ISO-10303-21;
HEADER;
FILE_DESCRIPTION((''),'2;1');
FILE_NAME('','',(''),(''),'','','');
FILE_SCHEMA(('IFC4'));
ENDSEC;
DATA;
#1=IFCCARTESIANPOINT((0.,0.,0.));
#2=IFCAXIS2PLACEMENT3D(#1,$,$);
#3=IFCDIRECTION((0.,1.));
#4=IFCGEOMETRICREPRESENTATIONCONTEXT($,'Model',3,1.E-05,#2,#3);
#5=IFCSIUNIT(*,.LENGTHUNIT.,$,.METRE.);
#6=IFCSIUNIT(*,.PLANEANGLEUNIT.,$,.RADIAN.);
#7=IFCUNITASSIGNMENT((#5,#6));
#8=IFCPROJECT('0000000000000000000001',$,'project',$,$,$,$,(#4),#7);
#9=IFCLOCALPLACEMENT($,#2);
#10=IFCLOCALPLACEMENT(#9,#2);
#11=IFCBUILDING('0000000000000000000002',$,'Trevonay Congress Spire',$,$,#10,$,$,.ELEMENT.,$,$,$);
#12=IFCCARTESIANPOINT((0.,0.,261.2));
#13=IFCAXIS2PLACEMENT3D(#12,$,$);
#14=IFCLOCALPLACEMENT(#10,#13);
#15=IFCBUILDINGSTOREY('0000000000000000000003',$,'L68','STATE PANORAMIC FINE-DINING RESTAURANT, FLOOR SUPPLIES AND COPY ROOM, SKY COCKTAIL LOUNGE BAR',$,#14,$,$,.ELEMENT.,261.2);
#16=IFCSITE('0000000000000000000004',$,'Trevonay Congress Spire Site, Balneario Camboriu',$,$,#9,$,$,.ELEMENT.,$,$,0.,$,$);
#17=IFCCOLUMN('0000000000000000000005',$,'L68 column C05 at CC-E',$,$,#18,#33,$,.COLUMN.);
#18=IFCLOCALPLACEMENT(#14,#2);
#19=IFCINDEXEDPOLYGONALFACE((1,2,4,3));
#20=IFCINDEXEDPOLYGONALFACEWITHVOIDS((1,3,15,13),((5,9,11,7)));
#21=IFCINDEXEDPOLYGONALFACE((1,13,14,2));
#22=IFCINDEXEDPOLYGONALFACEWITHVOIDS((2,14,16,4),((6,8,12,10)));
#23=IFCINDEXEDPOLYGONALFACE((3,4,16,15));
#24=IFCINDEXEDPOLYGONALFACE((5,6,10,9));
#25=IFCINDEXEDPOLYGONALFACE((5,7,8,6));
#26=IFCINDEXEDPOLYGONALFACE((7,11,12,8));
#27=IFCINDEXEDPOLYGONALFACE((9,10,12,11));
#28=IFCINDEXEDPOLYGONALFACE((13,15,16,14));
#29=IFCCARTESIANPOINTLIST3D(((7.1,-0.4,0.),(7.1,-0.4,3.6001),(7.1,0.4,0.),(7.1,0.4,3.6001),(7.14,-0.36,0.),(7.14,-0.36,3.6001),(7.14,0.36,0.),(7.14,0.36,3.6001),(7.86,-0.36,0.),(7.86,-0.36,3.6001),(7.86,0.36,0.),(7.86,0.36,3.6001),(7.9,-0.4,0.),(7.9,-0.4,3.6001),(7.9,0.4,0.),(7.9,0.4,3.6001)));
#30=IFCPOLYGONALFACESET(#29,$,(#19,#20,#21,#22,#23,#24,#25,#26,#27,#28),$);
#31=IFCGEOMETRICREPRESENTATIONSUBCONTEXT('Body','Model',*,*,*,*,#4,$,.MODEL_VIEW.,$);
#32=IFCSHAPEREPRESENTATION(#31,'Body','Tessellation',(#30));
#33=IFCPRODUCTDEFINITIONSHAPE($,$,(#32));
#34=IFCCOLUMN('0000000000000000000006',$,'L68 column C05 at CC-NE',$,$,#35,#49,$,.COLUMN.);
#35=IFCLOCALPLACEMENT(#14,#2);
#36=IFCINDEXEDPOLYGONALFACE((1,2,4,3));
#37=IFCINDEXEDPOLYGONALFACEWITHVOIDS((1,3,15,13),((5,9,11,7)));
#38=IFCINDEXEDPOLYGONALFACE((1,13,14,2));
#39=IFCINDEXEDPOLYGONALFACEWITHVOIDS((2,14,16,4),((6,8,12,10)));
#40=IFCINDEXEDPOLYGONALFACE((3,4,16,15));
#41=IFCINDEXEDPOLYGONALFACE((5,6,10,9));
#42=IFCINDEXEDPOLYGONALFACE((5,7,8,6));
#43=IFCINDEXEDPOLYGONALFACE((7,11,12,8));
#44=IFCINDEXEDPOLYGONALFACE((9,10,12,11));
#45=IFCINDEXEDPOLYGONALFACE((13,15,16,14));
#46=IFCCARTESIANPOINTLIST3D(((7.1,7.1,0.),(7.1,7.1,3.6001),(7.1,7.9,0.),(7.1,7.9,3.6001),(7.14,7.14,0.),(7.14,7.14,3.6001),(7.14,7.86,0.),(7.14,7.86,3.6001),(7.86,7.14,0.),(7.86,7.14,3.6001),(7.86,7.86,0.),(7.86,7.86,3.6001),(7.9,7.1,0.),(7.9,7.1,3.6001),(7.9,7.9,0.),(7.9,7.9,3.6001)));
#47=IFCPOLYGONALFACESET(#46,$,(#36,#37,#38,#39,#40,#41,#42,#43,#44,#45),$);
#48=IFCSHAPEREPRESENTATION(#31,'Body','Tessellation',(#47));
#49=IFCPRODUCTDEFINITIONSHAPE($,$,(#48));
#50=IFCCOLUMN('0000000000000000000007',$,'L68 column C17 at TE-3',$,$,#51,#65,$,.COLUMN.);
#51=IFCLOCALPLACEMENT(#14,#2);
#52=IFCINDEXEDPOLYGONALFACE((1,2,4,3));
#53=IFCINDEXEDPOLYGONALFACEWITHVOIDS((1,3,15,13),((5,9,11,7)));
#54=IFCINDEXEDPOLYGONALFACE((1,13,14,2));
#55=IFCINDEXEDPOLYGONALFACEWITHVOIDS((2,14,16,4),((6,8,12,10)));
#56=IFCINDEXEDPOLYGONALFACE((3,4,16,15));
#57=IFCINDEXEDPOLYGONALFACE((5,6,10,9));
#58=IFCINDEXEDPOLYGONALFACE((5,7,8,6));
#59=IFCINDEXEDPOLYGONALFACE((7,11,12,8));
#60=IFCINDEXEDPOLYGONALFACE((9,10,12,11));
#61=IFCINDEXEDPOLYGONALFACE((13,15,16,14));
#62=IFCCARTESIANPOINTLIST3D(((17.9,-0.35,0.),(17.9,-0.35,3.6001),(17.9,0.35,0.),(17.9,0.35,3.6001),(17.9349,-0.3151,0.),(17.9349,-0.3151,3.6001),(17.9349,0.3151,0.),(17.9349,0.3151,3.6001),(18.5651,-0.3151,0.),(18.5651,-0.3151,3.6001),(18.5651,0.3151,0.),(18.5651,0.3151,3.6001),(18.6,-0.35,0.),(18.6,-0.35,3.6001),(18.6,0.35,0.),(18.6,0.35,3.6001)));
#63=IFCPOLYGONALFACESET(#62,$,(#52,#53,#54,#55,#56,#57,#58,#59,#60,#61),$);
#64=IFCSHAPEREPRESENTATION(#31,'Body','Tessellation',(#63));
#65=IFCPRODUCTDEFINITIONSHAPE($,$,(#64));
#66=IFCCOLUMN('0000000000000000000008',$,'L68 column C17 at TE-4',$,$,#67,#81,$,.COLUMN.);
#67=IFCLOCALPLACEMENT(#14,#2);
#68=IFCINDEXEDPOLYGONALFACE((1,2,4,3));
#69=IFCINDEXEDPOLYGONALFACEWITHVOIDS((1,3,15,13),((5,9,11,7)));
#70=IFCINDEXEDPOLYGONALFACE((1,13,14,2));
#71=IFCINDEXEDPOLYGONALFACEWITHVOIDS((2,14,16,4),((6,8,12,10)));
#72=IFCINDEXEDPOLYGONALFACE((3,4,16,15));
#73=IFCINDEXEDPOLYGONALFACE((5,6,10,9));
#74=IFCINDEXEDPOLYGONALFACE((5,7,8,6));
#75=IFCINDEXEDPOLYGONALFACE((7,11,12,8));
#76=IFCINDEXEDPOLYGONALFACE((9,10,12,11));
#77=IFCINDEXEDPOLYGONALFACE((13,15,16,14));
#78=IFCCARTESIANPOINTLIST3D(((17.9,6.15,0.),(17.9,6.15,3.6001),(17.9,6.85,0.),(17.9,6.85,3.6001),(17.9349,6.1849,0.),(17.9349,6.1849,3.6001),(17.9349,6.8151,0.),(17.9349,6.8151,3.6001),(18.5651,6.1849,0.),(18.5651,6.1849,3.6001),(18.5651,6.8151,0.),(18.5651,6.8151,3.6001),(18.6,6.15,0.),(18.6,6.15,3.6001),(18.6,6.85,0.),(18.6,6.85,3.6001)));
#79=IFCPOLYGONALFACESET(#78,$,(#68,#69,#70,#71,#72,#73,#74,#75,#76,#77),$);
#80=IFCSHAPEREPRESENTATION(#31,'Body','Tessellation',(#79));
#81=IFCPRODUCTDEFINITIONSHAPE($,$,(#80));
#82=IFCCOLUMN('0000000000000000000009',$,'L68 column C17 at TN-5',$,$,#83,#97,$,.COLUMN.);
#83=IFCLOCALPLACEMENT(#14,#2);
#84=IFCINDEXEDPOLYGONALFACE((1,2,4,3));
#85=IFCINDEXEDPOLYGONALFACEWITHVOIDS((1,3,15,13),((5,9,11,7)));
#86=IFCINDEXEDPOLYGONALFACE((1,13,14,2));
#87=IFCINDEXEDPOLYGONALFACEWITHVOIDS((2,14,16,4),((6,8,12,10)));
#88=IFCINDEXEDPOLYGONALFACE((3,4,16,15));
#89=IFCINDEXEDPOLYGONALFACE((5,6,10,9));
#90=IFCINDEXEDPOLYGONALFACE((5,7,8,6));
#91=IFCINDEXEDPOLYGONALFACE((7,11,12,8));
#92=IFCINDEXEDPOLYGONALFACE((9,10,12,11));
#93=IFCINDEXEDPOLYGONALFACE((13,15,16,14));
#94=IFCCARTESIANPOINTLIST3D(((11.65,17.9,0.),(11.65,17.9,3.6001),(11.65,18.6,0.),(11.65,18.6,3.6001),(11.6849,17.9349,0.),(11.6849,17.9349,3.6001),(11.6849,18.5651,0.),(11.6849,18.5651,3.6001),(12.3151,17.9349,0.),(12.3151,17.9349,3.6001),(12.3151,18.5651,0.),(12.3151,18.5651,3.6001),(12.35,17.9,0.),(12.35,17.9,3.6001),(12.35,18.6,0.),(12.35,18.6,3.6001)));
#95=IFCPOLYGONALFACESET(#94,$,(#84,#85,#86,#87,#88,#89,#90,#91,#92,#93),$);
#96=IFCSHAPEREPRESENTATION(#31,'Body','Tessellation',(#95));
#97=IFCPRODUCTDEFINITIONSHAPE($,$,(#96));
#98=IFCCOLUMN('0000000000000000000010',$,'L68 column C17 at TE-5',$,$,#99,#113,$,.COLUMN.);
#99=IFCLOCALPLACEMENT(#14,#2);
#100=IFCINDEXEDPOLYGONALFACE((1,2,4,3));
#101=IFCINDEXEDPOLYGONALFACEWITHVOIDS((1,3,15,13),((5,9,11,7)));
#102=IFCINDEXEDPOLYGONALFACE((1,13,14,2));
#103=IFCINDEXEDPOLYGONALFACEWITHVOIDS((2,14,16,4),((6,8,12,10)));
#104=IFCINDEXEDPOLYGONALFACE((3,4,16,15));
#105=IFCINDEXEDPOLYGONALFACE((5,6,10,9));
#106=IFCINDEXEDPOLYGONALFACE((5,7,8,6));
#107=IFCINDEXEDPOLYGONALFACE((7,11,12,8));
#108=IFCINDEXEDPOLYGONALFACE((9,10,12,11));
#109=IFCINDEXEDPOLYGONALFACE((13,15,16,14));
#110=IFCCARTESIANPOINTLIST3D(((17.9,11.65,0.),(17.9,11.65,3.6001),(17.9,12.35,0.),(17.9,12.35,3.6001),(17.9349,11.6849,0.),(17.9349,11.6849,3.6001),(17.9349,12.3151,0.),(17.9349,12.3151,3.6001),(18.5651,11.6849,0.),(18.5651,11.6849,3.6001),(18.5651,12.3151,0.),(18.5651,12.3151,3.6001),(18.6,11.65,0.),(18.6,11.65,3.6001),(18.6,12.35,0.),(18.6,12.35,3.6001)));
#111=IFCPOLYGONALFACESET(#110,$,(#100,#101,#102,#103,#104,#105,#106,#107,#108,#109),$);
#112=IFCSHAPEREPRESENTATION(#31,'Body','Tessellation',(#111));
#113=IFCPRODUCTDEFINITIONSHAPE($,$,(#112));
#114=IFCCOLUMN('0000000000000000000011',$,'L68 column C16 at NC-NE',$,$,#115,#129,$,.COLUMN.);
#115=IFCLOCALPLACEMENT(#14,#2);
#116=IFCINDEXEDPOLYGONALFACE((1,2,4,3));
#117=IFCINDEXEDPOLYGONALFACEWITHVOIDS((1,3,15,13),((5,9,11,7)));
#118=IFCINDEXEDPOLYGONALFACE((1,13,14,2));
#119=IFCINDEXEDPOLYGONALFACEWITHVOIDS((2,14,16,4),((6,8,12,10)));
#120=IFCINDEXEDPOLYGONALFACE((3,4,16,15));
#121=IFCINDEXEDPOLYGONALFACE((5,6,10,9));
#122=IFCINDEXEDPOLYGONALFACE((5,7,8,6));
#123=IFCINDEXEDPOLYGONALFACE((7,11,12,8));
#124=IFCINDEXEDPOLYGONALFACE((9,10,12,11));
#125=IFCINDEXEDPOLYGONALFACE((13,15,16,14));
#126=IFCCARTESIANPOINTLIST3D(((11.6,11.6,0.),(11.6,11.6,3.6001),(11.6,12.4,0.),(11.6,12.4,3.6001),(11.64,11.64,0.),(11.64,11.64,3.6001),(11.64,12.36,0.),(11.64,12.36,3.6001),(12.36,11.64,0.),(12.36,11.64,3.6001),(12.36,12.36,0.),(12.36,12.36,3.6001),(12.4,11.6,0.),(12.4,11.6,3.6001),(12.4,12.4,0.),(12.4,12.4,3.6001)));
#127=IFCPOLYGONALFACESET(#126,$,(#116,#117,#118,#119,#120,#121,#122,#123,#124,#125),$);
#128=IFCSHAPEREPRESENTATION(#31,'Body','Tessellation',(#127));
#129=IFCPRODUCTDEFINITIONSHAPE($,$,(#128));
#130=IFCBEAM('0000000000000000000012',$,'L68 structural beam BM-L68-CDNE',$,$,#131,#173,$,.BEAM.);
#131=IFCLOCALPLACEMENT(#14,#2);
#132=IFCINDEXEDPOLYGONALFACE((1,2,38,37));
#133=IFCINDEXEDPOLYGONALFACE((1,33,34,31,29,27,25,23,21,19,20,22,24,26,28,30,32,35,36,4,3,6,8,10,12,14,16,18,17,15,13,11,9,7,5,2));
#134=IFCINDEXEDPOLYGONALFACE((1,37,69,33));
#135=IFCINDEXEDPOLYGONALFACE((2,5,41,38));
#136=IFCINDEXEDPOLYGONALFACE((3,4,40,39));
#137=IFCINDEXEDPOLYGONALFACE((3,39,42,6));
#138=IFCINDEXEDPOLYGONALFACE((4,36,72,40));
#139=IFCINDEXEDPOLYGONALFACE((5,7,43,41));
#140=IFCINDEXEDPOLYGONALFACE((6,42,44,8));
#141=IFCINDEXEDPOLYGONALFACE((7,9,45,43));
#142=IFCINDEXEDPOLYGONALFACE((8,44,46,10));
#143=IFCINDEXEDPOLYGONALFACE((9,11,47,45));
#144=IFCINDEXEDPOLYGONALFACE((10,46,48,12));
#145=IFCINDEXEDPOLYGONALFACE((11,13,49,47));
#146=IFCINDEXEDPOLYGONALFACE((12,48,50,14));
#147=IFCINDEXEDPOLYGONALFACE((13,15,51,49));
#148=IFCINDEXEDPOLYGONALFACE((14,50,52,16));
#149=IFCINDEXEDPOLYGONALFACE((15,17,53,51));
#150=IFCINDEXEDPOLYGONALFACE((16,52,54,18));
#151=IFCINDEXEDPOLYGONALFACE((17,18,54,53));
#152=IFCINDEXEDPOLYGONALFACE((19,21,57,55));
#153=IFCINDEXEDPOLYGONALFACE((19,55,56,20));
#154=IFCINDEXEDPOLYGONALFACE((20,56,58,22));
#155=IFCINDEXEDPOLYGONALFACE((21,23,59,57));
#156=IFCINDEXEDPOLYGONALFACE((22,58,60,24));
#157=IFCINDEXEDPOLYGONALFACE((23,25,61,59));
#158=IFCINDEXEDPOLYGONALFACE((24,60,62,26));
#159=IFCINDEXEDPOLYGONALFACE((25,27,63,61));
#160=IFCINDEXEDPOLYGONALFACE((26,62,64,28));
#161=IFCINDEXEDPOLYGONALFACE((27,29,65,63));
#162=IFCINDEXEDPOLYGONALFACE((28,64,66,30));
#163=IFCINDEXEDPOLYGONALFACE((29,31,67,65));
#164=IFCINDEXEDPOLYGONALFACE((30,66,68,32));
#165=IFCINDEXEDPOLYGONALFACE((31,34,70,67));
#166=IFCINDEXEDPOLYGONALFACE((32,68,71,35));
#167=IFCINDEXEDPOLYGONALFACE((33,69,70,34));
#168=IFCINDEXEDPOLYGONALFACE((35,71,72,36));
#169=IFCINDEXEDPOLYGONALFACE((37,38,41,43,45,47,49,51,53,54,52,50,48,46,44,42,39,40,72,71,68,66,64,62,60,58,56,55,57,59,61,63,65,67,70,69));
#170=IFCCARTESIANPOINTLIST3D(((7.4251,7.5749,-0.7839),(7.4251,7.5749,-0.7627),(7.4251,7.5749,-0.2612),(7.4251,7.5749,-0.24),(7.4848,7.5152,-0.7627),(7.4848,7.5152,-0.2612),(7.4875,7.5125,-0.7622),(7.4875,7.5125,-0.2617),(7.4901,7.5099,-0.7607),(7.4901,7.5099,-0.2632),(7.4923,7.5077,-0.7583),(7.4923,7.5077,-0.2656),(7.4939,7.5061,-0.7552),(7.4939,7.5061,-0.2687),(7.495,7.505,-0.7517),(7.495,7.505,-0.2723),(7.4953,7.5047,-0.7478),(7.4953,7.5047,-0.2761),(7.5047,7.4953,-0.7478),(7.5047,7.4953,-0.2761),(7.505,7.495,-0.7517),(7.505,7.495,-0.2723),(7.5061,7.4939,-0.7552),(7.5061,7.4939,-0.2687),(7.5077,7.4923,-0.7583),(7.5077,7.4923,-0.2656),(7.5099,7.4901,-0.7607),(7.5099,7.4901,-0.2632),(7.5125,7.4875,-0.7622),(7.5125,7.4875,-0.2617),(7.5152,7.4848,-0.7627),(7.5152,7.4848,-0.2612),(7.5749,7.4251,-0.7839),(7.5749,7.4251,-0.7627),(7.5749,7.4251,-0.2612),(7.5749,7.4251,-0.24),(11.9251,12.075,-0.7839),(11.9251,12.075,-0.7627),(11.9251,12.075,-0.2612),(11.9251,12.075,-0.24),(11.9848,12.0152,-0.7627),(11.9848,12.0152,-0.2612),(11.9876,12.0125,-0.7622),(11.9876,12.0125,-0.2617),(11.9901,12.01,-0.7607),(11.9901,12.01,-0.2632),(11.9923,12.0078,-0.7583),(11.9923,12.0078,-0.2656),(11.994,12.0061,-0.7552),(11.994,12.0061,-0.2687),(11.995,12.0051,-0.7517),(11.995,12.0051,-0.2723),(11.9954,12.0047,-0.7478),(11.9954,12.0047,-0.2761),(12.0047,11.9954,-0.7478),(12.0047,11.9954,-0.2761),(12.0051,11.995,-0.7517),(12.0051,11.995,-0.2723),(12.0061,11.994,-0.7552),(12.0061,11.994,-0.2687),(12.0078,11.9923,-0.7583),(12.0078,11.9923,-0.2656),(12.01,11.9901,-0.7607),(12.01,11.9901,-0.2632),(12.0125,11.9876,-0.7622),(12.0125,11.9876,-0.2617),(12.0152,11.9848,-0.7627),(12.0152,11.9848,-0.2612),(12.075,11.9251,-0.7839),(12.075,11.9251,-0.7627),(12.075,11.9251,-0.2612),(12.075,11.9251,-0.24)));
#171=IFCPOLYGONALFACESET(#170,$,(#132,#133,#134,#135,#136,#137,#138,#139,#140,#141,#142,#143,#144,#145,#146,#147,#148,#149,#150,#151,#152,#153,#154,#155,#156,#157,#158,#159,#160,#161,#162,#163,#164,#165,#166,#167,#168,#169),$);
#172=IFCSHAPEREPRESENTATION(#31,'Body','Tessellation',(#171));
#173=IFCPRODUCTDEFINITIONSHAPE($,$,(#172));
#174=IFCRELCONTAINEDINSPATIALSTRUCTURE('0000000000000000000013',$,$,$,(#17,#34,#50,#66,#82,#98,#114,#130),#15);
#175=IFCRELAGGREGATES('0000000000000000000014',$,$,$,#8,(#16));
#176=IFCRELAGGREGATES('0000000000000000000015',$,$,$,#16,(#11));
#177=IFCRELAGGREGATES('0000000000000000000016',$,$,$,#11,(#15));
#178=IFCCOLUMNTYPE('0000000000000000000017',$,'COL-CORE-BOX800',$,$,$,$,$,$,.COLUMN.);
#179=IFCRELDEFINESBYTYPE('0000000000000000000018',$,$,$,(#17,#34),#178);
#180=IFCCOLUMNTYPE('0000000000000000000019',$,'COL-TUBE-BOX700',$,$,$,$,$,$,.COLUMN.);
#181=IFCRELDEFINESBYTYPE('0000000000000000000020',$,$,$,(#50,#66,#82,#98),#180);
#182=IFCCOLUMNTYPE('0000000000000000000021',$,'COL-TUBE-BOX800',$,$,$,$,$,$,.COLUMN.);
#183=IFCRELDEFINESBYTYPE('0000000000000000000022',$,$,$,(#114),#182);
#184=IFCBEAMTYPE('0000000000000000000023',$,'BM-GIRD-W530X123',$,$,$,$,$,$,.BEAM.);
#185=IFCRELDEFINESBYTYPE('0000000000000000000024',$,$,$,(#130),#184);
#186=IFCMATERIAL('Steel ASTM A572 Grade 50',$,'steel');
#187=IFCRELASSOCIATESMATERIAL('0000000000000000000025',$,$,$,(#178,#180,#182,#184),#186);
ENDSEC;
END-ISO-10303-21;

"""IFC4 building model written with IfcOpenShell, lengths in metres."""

from ifc_helpers import new_model, si_unit, direction, frame, origin, origin_2d, place, context, subcontext, project, spatial, hollow_rectangle, i_section, extrude, material, material_profile, profile_set, type_object, element, save


model = new_model("IFC4")

# Units and contexts
model_context = context("Model", 3, precision=1e-05, world=origin(), true_north=direction((0.0, 1.0)))
body_context = subcontext(model_context, "Body", "Model", "MODEL_VIEW")
ifc_project = project(units=[si_unit("LENGTHUNIT", "METRE"), si_unit("PLANEANGLEUNIT", "RADIAN")], contexts=[model_context])

# Site, building, storey
site_placement = place(None, origin())
site = spatial("IfcSite", under=ifc_project, at=site_placement, Name="Trevonay Congress Spire Site, Balneario Camboriu", CompositionType="ELEMENT", RefElevation=0.0)
building_placement = place(site_placement, origin())
building = spatial("IfcBuilding", under=site, at=building_placement, Name="Trevonay Congress Spire", CompositionType="ELEMENT")
storey_placement = place(building_placement, frame((0.0, 0.0, 261.2)))
storey = spatial("IfcBuildingStorey", under=building, at=storey_placement, Name="L68", Description="STATE PANORAMIC FINE-DINING RESTAURANT, FLOOR SUPPLIES AND COPY ROOM, SKY COCKTAIL LOUNGE BAR", CompositionType="ELEMENT", Elevation=261.2)

# Columns
ifc_material_1 = material(Name="Steel ASTM A572 Grade 50", Category="steel")
ifc_material_profile_1 = material_profile(ifc_material_1, hollow_rectangle(XDim=0.8, YDim=0.8, WallThickness=0.04, at=origin_2d()), Name="BOX 800x800x40")
ifc_profile_set_1 = profile_set([ifc_material_profile_1], Name="Steel ASTM A572 Grade 50")
column_type_1 = type_object("IfcColumnType", Name="COL-CORE-BOX800", PredefinedType="COLUMN", material=ifc_profile_set_1)
for number, where, z_axis, x_axis, name in (
    (1, (7.5, 0.0, 0.0), (0.0, 0.0, 1.0), (1.0, 0.0, 0.0), "L68 column C05 at CC-E"),
    (2, (7.5, 7.5, 0.0), (0.0, 0.0, 1.0), (1.0, 0.0, 0.0), "L68 column C05 at CC-NE"),
):
    element("IfcColumn", number, at=place(storey_placement, frame(where, z_axis=z_axis, x_axis=x_axis)), inside=storey, type_object=column_type_1, Name=name, PredefinedType="COLUMN", context=body_context, shape_type="SweptSolid", body=[
        extrude(hollow_rectangle(XDim=0.8, YDim=0.8, WallThickness=0.04, at=origin_2d()), origin(), (0.0, 0.0, 1.0), 3.6001),
    ])
ifc_material_profile_2 = material_profile(ifc_material_1, hollow_rectangle(XDim=0.7, YDim=0.7, WallThickness=0.0349, at=origin_2d()), Name="BOX 700x700x35")
ifc_profile_set_2 = profile_set([ifc_material_profile_2], Name="Steel ASTM A572 Grade 50")
column_type_2 = type_object("IfcColumnType", Name="COL-TUBE-BOX700", PredefinedType="COLUMN", material=ifc_profile_set_2)
for number, where, z_axis, x_axis, name in (
    (3, (18.25, 0.0, 0.0), (0.0, 0.0, 1.0), (1.0, 0.0, 0.0), "L68 column C17 at TE-3"),
    (4, (18.25, 6.5, 0.0), (0.0, 0.0, 1.0), (1.0, 0.0, 0.0), "L68 column C17 at TE-4"),
    (5, (12.0, 18.25, 0.0), (0.0, 0.0, 1.0), (1.0, 0.0, 0.0), "L68 column C17 at TN-5"),
    (6, (18.25, 12.0, 0.0), (0.0, 0.0, 1.0), (1.0, 0.0, 0.0), "L68 column C17 at TE-5"),
):
    element("IfcColumn", number, at=place(storey_placement, frame(where, z_axis=z_axis, x_axis=x_axis)), inside=storey, type_object=column_type_2, Name=name, PredefinedType="COLUMN", context=body_context, shape_type="SweptSolid", body=[
        extrude(hollow_rectangle(XDim=0.7, YDim=0.7, WallThickness=0.0349, at=origin_2d()), origin(), (0.0, 0.0, 1.0), 3.6001),
    ])
ifc_material_profile_3 = material_profile(ifc_material_1, hollow_rectangle(XDim=0.8, YDim=0.8, WallThickness=0.04, at=origin_2d()), Name="BOX 800x800x40")
ifc_profile_set_3 = profile_set([ifc_material_profile_3], Name="Steel ASTM A572 Grade 50")
column_type_3 = type_object("IfcColumnType", Name="COL-TUBE-BOX800", PredefinedType="COLUMN", material=ifc_profile_set_3)
column_placement = place(storey_placement, frame((12.0, 12.0, 0.0), z_axis=(0.0, 0.0, 1.0), x_axis=(1.0, 0.0, 0.0)))
element("IfcColumn", 7, at=column_placement, inside=storey, type_object=column_type_3, Name="L68 column C16 at NC-NE", PredefinedType="COLUMN", context=body_context, shape_type="SweptSolid", body=[
    extrude(hollow_rectangle(XDim=0.8, YDim=0.8, WallThickness=0.04, at=origin_2d()), origin(), (0.0, 0.0, 1.0), 3.6001),
])

# Beam
ifc_material_profile_4 = material_profile(ifc_material_1, i_section(OverallWidth=0.2119, OverallDepth=0.5439, WebThickness=0.0132, FlangeThickness=0.0212, FilletRadius=0.0149, at=origin_2d()), Name="W530x123")
ifc_profile_set_4 = profile_set([ifc_material_profile_4], Name="Steel ASTM A572 Grade 50")
beam_type_1 = type_object("IfcBeamType", Name="BM-GIRD-W530X123", PredefinedType="BEAM", material=ifc_profile_set_4)
beam_1_placement = place(storey_placement, frame((7.5, 7.5, -0.512), z_axis=(0.707107, 0.707107, 0.0), x_axis=(-0.707107, 0.707107, 0.0)))
element("IfcBeam", 8, at=beam_1_placement, inside=storey, type_object=beam_type_1, Name="L68 structural beam BM-L68-CDNE", PredefinedType="BEAM", context=body_context, shape_type="SweptSolid", body=[
    extrude(i_section(OverallWidth=0.2119, OverallDepth=0.5439, WebThickness=0.0132, FlangeThickness=0.0212, FilletRadius=0.0149, at=origin_2d()), origin(), (0.0, 0.0, 1.0), 6.364),
])

save(model, "model.ifc")
